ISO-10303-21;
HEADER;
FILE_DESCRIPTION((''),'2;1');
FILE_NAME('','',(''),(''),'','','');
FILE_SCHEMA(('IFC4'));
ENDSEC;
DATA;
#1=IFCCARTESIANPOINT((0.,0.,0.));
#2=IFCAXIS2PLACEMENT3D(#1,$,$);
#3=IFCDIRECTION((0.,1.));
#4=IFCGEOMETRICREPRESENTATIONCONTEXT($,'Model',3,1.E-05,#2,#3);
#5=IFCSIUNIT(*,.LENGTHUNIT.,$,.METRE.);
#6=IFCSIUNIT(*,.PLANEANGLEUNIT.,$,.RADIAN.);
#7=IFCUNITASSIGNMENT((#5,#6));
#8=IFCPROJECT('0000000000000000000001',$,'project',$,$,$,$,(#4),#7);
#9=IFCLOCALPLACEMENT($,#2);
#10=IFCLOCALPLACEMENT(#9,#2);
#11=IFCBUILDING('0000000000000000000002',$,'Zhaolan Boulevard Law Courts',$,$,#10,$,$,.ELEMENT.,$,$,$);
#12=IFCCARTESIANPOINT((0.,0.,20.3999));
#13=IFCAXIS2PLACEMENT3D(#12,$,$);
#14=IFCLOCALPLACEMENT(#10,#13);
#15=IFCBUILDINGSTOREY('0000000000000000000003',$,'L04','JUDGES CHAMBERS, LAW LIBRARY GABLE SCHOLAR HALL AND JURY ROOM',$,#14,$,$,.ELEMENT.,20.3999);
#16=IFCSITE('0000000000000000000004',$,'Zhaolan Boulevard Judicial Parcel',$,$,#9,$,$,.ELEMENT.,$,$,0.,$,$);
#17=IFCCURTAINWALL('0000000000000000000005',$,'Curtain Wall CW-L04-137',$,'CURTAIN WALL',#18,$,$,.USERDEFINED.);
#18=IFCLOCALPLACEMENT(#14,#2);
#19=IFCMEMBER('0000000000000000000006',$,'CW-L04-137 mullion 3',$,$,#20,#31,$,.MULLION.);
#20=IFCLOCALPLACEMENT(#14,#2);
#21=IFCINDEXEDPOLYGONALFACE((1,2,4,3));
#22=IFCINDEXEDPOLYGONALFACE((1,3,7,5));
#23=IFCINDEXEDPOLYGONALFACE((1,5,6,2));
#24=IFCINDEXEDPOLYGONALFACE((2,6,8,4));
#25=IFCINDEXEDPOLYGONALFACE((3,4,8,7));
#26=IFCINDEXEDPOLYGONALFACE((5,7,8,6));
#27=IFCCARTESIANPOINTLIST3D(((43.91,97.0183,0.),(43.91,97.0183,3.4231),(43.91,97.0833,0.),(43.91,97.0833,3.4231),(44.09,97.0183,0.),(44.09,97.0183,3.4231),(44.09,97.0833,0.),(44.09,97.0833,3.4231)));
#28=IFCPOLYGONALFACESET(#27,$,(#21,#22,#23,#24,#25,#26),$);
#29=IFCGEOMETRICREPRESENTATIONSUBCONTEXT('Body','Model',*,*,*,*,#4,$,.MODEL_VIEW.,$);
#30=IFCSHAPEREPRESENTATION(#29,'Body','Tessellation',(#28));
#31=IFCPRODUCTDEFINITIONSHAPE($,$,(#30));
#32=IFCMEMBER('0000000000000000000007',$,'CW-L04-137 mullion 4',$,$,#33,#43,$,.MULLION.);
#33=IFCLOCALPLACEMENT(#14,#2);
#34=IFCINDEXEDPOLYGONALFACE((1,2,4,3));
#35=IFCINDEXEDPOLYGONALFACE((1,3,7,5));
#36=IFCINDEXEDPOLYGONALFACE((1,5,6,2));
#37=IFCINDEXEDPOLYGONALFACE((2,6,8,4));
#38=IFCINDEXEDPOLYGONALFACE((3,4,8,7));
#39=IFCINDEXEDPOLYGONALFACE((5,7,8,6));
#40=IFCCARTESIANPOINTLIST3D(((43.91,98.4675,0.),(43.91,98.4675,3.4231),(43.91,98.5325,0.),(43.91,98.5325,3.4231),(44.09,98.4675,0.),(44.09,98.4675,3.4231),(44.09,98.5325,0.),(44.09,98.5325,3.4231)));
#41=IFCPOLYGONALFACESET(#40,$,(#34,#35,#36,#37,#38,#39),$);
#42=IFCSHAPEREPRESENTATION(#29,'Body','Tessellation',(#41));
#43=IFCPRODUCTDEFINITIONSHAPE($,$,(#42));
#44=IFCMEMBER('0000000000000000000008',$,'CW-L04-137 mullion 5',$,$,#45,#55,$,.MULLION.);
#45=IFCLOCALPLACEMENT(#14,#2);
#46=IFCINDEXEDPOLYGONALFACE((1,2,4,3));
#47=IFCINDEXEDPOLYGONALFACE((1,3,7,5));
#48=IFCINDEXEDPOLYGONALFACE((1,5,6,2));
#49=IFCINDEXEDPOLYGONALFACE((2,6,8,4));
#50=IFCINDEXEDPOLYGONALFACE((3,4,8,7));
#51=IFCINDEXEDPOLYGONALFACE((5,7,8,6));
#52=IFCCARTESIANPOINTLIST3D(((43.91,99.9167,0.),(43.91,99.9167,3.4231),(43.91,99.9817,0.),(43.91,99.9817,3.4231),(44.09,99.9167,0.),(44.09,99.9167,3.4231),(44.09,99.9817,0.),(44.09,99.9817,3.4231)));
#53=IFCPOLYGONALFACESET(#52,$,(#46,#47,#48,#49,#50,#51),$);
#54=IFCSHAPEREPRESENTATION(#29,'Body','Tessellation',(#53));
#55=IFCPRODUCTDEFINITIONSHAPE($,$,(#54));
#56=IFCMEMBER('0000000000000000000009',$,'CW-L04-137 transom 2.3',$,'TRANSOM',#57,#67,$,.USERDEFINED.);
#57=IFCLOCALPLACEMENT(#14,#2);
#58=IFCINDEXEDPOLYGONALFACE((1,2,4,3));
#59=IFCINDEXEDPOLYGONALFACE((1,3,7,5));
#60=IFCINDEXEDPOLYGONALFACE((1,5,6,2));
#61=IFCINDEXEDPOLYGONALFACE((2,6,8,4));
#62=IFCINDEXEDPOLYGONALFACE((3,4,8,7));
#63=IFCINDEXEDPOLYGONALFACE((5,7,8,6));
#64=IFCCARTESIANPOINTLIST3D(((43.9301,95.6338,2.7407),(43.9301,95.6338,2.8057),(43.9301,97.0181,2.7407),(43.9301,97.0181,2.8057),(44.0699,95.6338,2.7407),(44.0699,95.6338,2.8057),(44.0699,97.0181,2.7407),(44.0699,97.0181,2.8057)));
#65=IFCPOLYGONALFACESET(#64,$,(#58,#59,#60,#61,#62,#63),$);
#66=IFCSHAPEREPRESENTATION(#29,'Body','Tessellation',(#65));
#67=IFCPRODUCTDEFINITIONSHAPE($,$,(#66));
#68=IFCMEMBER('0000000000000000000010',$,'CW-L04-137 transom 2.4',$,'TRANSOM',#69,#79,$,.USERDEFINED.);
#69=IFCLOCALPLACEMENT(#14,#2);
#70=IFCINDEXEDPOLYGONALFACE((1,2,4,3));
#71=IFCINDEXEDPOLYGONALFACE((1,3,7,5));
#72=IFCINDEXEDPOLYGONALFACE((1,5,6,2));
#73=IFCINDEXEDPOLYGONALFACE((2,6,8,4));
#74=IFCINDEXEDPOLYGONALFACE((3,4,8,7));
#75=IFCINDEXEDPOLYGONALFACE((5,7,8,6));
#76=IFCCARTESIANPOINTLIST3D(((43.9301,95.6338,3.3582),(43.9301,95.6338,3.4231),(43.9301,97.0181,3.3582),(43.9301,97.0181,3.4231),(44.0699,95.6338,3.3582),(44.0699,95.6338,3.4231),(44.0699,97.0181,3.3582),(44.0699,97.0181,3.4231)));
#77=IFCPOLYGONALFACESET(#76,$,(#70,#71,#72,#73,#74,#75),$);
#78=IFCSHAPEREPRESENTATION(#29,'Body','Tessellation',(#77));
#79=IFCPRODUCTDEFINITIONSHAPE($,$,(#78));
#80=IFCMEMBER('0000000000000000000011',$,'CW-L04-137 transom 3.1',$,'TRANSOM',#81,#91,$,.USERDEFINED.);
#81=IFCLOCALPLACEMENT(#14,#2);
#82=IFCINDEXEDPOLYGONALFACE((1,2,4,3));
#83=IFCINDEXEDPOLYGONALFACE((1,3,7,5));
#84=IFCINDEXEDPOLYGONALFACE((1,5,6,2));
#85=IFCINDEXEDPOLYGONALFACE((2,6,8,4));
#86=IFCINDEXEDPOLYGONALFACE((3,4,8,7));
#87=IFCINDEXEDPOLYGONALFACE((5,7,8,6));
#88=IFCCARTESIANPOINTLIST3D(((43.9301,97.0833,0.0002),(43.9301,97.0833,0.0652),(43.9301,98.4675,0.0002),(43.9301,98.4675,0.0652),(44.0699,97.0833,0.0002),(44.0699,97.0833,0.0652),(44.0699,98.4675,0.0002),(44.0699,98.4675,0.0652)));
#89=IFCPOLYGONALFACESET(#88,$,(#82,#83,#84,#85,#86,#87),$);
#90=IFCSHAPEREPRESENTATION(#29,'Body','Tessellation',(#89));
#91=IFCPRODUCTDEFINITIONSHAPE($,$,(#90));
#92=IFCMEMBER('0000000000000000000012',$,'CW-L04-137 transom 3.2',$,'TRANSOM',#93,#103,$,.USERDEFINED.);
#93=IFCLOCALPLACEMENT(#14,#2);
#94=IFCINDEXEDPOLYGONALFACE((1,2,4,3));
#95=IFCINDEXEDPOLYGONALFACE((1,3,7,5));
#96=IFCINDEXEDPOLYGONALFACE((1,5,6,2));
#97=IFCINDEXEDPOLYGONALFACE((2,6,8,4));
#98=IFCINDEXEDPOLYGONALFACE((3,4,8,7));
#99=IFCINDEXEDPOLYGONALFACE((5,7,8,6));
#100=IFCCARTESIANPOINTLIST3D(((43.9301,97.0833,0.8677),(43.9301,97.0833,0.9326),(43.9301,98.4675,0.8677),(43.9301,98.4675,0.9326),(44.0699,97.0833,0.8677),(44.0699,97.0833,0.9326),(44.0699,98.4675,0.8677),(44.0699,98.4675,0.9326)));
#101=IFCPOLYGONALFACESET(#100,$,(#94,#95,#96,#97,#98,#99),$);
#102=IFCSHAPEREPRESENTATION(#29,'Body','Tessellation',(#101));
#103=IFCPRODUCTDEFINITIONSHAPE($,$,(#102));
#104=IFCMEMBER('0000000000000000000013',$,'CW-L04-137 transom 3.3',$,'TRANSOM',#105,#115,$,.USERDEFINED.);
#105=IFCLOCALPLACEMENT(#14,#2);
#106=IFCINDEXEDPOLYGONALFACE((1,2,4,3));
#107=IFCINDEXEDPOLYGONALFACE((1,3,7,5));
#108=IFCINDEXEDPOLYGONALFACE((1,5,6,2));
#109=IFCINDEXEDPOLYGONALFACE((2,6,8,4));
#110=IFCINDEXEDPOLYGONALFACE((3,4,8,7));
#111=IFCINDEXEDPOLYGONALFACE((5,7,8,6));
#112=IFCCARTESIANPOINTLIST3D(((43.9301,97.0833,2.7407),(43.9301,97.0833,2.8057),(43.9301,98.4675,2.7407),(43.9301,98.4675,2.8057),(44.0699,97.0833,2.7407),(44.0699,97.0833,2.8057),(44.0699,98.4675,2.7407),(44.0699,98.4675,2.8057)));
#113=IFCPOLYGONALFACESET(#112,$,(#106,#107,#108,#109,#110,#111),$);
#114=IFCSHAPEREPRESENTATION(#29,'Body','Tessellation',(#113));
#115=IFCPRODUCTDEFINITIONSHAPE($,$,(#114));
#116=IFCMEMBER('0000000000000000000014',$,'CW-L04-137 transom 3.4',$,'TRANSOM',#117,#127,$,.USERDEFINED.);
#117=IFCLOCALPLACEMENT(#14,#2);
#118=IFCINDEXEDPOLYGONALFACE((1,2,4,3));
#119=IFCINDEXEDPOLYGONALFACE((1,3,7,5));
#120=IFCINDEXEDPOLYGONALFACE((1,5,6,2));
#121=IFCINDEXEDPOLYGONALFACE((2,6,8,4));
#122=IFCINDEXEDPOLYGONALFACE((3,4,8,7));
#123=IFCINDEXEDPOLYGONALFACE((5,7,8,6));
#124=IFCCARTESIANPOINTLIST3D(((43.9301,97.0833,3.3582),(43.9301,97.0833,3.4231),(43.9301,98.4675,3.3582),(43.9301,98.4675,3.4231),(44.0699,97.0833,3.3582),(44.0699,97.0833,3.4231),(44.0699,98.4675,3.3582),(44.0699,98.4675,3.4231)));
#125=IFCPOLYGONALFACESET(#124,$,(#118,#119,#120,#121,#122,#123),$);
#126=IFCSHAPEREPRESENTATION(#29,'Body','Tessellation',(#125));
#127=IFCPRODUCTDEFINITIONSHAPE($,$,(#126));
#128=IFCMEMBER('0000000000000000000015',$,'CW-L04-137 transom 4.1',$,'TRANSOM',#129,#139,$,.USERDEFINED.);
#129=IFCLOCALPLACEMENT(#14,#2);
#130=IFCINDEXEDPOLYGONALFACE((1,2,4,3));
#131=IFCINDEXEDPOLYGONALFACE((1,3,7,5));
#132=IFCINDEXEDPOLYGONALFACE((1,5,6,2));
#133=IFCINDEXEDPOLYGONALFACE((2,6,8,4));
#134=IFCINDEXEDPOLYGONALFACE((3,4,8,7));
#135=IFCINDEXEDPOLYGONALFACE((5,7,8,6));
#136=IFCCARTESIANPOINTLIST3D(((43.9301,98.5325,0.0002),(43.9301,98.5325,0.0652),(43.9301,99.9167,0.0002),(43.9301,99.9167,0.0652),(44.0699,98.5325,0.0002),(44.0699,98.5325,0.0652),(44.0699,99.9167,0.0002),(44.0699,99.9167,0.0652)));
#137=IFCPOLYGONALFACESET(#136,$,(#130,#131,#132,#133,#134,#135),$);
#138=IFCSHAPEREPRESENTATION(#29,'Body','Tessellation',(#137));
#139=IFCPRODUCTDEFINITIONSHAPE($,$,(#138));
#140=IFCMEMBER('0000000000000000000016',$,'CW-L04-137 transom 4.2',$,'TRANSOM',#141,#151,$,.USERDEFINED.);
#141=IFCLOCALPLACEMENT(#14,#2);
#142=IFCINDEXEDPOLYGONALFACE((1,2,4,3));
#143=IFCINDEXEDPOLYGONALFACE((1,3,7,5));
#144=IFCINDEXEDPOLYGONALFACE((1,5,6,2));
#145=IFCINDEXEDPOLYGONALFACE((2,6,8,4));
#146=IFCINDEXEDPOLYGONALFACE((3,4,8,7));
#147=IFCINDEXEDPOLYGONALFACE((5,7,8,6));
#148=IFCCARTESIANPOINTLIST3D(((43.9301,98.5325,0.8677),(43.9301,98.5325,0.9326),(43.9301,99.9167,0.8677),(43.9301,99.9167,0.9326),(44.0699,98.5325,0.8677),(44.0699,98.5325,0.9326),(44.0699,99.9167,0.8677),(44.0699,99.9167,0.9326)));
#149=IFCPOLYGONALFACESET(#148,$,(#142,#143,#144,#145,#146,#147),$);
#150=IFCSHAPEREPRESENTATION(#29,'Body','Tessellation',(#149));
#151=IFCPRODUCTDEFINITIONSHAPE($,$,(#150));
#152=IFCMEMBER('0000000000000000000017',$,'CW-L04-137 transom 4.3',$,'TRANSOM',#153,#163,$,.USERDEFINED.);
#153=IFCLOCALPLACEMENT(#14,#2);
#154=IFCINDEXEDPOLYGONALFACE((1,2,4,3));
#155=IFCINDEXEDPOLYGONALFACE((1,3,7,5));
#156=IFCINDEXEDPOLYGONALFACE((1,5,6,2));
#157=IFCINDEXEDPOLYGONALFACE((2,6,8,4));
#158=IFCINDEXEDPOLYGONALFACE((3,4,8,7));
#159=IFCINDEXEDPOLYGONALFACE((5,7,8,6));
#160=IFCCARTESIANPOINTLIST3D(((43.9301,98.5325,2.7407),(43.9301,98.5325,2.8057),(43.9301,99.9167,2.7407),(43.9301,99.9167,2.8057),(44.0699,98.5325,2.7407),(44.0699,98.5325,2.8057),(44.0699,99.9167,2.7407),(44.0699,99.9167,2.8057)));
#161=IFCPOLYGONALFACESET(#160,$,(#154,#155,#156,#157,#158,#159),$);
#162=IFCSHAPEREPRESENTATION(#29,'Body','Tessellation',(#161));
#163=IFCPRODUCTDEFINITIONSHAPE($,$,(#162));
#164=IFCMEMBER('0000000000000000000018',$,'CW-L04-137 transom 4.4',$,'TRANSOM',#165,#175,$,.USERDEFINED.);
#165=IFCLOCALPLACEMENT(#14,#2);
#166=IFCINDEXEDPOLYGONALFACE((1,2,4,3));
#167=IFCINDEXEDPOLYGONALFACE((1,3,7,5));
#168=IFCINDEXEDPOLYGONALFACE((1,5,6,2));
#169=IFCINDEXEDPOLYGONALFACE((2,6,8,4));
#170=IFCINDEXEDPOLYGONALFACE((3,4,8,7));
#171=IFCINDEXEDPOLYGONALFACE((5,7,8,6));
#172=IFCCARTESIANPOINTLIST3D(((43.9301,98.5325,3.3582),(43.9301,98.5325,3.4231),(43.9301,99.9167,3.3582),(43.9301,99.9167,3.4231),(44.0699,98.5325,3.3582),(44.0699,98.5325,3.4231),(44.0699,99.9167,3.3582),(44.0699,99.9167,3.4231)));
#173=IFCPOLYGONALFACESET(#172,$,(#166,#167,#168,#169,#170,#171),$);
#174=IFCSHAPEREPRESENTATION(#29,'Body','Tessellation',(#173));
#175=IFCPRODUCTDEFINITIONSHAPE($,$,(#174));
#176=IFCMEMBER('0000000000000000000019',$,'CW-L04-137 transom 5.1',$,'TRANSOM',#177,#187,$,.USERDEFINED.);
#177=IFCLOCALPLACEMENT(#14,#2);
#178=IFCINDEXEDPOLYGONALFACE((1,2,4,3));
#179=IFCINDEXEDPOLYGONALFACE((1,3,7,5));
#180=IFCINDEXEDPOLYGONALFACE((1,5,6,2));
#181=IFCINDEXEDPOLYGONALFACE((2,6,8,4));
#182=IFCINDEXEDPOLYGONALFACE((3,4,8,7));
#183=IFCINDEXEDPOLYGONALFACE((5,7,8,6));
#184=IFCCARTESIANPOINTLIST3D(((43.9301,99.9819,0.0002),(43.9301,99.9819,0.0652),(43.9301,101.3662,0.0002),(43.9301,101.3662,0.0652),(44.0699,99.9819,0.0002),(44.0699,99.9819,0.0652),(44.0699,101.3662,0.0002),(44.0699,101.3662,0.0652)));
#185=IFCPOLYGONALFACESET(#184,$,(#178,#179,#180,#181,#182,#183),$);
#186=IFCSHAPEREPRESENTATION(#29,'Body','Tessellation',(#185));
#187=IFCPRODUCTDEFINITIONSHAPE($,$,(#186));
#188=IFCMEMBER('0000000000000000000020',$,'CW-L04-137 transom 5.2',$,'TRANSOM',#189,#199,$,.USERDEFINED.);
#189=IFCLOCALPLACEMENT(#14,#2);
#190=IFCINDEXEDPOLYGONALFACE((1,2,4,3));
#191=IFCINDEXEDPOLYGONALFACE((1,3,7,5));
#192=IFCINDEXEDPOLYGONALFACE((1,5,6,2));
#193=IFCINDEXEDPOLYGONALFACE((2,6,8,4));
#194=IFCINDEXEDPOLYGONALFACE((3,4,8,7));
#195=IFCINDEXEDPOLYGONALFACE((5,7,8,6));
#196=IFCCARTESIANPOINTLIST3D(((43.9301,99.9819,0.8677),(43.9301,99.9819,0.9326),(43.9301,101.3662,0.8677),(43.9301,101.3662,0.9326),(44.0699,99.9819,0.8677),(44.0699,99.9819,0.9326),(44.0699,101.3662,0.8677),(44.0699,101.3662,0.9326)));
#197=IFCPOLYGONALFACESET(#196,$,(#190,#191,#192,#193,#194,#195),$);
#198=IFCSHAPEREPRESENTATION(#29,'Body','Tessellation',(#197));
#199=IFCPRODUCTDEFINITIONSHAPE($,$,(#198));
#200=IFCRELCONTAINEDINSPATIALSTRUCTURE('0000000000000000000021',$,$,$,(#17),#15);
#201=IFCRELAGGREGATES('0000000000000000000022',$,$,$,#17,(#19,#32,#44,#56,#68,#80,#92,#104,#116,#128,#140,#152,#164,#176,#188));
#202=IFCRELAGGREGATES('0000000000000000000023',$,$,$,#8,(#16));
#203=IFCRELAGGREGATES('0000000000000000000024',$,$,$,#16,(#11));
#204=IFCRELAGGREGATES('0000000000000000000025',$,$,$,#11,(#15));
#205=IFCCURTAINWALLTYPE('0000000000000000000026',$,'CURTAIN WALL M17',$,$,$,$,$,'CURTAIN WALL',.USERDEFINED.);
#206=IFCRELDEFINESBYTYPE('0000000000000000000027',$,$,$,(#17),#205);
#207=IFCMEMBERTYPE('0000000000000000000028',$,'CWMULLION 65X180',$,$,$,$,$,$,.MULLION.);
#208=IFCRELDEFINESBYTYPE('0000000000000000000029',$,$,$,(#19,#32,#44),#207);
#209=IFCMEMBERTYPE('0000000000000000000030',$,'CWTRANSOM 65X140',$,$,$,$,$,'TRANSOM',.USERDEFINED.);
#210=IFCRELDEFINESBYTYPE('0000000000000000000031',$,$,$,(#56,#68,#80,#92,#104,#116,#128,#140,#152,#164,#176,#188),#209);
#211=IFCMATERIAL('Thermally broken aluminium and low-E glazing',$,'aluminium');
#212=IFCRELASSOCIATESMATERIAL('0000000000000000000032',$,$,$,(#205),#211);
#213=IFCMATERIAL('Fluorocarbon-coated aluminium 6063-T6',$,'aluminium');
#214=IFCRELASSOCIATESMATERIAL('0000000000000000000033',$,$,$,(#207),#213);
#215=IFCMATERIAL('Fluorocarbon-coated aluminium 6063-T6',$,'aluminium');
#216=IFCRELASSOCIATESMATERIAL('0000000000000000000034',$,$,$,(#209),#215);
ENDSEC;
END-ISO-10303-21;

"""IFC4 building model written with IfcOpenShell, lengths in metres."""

from ifc_helpers import new_model, si_unit, direction, frame, origin, origin_2d, place, context, subcontext, project, spatial, rectangle, extrude, material, material_profile, profile_set, type_object, element, aggregate, save


model = new_model("IFC4")

# Units and contexts
model_context = context("Model", 3, precision=1e-05, world=origin(), true_north=direction((0.0, 1.0)))
body_context = subcontext(model_context, "Body", "Model", "MODEL_VIEW")
ifc_project = project(units=[si_unit("LENGTHUNIT", "METRE"), si_unit("PLANEANGLEUNIT", "RADIAN")], contexts=[model_context])

# Site, building, storey
site_placement = place(None, origin())
site = spatial("IfcSite", under=ifc_project, at=site_placement, Name="Zhaolan Boulevard Judicial Parcel", CompositionType="ELEMENT", RefElevation=0.0)
building_placement = place(site_placement, origin())
building = spatial("IfcBuilding", under=site, at=building_placement, Name="Zhaolan Boulevard Law Courts", CompositionType="ELEMENT")
storey_placement = place(building_placement, frame((0.0, 0.0, 20.3999)))
storey = spatial("IfcBuildingStorey", under=building, at=storey_placement, Name="L04", Description="JUDGES CHAMBERS, LAW LIBRARY GABLE SCHOLAR HALL AND JURY ROOM", CompositionType="ELEMENT", Elevation=20.3999)

# Curtain wall, members
ifc_material_1 = material(Name="Thermally broken aluminium and low-E glazing", Category="aluminium")
curtain_wall_type = type_object("IfcCurtainWallType", Name="CURTAIN WALL M17", ElementType="CURTAIN WALL", PredefinedType="USERDEFINED", material=ifc_material_1)
curtain_wall_placement = place(storey_placement, origin())
curtain_wall = element("IfcCurtainWall", 1, at=curtain_wall_placement, inside=storey, type_object=curtain_wall_type, Name="Curtain Wall CW-L04-137", ObjectType="CURTAIN WALL", PredefinedType="USERDEFINED")
ifc_material_2 = material(Name="Fluorocarbon-coated aluminium 6063-T6", Category="aluminium")
ifc_material_profile_1 = material_profile(ifc_material_2, rectangle(XDim=0.1799, YDim=0.0649, at=origin_2d()), Name="AL65x180")
ifc_profile_set_1 = profile_set([ifc_material_profile_1], Name="Fluorocarbon-coated aluminium 6063-T6")
member_type_1 = type_object("IfcMemberType", Name="CWMULLION 65X180", PredefinedType="MULLION", material=ifc_profile_set_1)
member_1_placement = place(storey_placement, frame((44.0, 97.0508, 0.0), z_axis=(0.0, 0.0, 1.0), x_axis=(-1.0, 0.0, 0.0)))
member_1 = element("IfcMember", 2, at=member_1_placement, type_object=member_type_1, Name="CW-L04-137 mullion 3", PredefinedType="MULLION", context=body_context, shape_type="SweptSolid", body=[
    extrude(rectangle(XDim=0.1799, YDim=0.0649, at=origin_2d()), origin(), (0.0, 0.0, 1.0), 3.4231),
])
member_2_placement = place(storey_placement, frame((44.0, 98.5, 0.0), z_axis=(0.0, 0.0, 1.0), x_axis=(-1.0, 0.0, 0.0)))
member_2 = element("IfcMember", 3, at=member_2_placement, type_object=member_type_1, Name="CW-L04-137 mullion 4", PredefinedType="MULLION", context=body_context, shape_type="SweptSolid", body=[
    extrude(rectangle(XDim=0.1799, YDim=0.0649, at=origin_2d()), origin(), (0.0, 0.0, 1.0), 3.4231),
])
member_3_placement = place(storey_placement, frame((44.0, 99.9492, 0.0), z_axis=(0.0, 0.0, 1.0), x_axis=(-1.0, 0.0, 0.0)))
member_3 = element("IfcMember", 4, at=member_3_placement, type_object=member_type_1, Name="CW-L04-137 mullion 5", PredefinedType="MULLION", context=body_context, shape_type="SweptSolid", body=[
    extrude(rectangle(XDim=0.1799, YDim=0.0649, at=origin_2d()), origin(), (0.0, 0.0, 1.0), 3.4231),
])
ifc_material_3 = material(Name="Fluorocarbon-coated aluminium 6063-T6", Category="aluminium")
ifc_material_profile_2 = material_profile(ifc_material_3, rectangle(XDim=0.1399, YDim=0.0649, at=origin_2d()), Name="AL65x140")
ifc_profile_set_2 = profile_set([ifc_material_profile_2], Name="Fluorocarbon-coated aluminium 6063-T6")
member_type_2 = type_object("IfcMemberType", Name="CWTRANSOM 65X140", ElementType="TRANSOM", PredefinedType="USERDEFINED", material=ifc_profile_set_2)
member_4_placement = place(storey_placement, frame((44.0, 95.6338, 2.7732), z_axis=(0.0, 1.0, 0.0), x_axis=(-1.0, 0.0, 0.0)))
member_4 = element("IfcMember", 5, at=member_4_placement, type_object=member_type_2, Name="CW-L04-137 transom 2.3", ObjectType="TRANSOM", PredefinedType="USERDEFINED", context=body_context, shape_type="SweptSolid", body=[
    extrude(rectangle(XDim=0.1399, YDim=0.0649, at=origin_2d()), origin(), (0.0, 0.0, 1.0), 1.3843),
])
member_5_placement = place(storey_placement, frame((44.0, 95.6338, 3.3906), z_axis=(0.0, 1.0, 0.0), x_axis=(-1.0, 0.0, 0.0)))
member_5 = element("IfcMember", 6, at=member_5_placement, type_object=member_type_2, Name="CW-L04-137 transom 2.4", ObjectType="TRANSOM", PredefinedType="USERDEFINED", context=body_context, shape_type="SweptSolid", body=[
    extrude(rectangle(XDim=0.1399, YDim=0.0649, at=origin_2d()), origin(), (0.0, 0.0, 1.0), 1.3843),
])
member_6_placement = place(storey_placement, frame((44.0, 97.0833, 0.0327), z_axis=(0.0, 1.0, 0.0), x_axis=(-1.0, 0.0, 0.0)))
member_6 = element("IfcMember", 7, at=member_6_placement, type_object=member_type_2, Name="CW-L04-137 transom 3.1", ObjectType="TRANSOM", PredefinedType="USERDEFINED", context=body_context, shape_type="SweptSolid", body=[
    extrude(rectangle(XDim=0.1399, YDim=0.0649, at=origin_2d()), origin(), (0.0, 0.0, 1.0), 1.3843),
])
member_7_placement = place(storey_placement, frame((44.0, 97.0833, 0.9001), z_axis=(0.0, 1.0, 0.0), x_axis=(-1.0, 0.0, 0.0)))
member_7 = element("IfcMember", 8, at=member_7_placement, type_object=member_type_2, Name="CW-L04-137 transom 3.2", ObjectType="TRANSOM", PredefinedType="USERDEFINED", context=body_context, shape_type="SweptSolid", body=[
    extrude(rectangle(XDim=0.1399, YDim=0.0649, at=origin_2d()), origin(), (0.0, 0.0, 1.0), 1.3843),
])
member_8_placement = place(storey_placement, frame((44.0, 97.0833, 2.7732), z_axis=(0.0, 1.0, 0.0), x_axis=(-1.0, 0.0, 0.0)))
member_8 = element("IfcMember", 9, at=member_8_placement, type_object=member_type_2, Name="CW-L04-137 transom 3.3", ObjectType="TRANSOM", PredefinedType="USERDEFINED", context=body_context, shape_type="SweptSolid", body=[
    extrude(rectangle(XDim=0.1399, YDim=0.0649, at=origin_2d()), origin(), (0.0, 0.0, 1.0), 1.3843),
])
member_9_placement = place(storey_placement, frame((44.0, 97.0833, 3.3906), z_axis=(0.0, 1.0, 0.0), x_axis=(-1.0, 0.0, 0.0)))
member_9 = element("IfcMember", 10, at=member_9_placement, type_object=member_type_2, Name="CW-L04-137 transom 3.4", ObjectType="TRANSOM", PredefinedType="USERDEFINED", context=body_context, shape_type="SweptSolid", body=[
    extrude(rectangle(XDim=0.1399, YDim=0.0649, at=origin_2d()), origin(), (0.0, 0.0, 1.0), 1.3843),
])
member_10_placement = place(storey_placement, frame((44.0, 98.5325, 0.0327), z_axis=(0.0, 1.0, 0.0), x_axis=(-1.0, 0.0, 0.0)))
member_10 = element("IfcMember", 11, at=member_10_placement, type_object=member_type_2, Name="CW-L04-137 transom 4.1", ObjectType="TRANSOM", PredefinedType="USERDEFINED", context=body_context, shape_type="SweptSolid", body=[
    extrude(rectangle(XDim=0.1399, YDim=0.0649, at=origin_2d()), origin(), (0.0, 0.0, 1.0), 1.3843),
])
member_11_placement = place(storey_placement, frame((44.0, 98.5325, 0.9001), z_axis=(0.0, 1.0, 0.0), x_axis=(-1.0, 0.0, 0.0)))
member_11 = element("IfcMember", 12, at=member_11_placement, type_object=member_type_2, Name="CW-L04-137 transom 4.2", ObjectType="TRANSOM", PredefinedType="USERDEFINED", context=body_context, shape_type="SweptSolid", body=[
    extrude(rectangle(XDim=0.1399, YDim=0.0649, at=origin_2d()), origin(), (0.0, 0.0, 1.0), 1.3843),
])
member_12_placement = place(storey_placement, frame((44.0, 98.5325, 2.7732), z_axis=(0.0, 1.0, 0.0), x_axis=(-1.0, 0.0, 0.0)))
member_12 = element("IfcMember", 13, at=member_12_placement, type_object=member_type_2, Name="CW-L04-137 transom 4.3", ObjectType="TRANSOM", PredefinedType="USERDEFINED", context=body_context, shape_type="SweptSolid", body=[
    extrude(rectangle(XDim=0.1399, YDim=0.0649, at=origin_2d()), origin(), (0.0, 0.0, 1.0), 1.3843),
])
member_13_placement = place(storey_placement, frame((44.0, 98.5325, 3.3906), z_axis=(0.0, 1.0, 0.0), x_axis=(-1.0, 0.0, 0.0)))
member_13 = element("IfcMember", 14, at=member_13_placement, type_object=member_type_2, Name="CW-L04-137 transom 4.4", ObjectType="TRANSOM", PredefinedType="USERDEFINED", context=body_context, shape_type="SweptSolid", body=[
    extrude(rectangle(XDim=0.1399, YDim=0.0649, at=origin_2d()), origin(), (0.0, 0.0, 1.0), 1.3843),
])
member_14_placement = place(storey_placement, frame((44.0, 99.9819, 0.0327), z_axis=(0.0, 1.0, 0.0), x_axis=(-1.0, 0.0, 0.0)))
member_14 = element("IfcMember", 15, at=member_14_placement, type_object=member_type_2, Name="CW-L04-137 transom 5.1", ObjectType="TRANSOM", PredefinedType="USERDEFINED", context=body_context, shape_type="SweptSolid", body=[
    extrude(rectangle(XDim=0.1399, YDim=0.0649, at=origin_2d()), origin(), (0.0, 0.0, 1.0), 1.3843),
])
member_15_placement = place(storey_placement, frame((44.0, 99.9819, 0.9001), z_axis=(0.0, 1.0, 0.0), x_axis=(-1.0, 0.0, 0.0)))
member_15 = element("IfcMember", 16, at=member_15_placement, type_object=member_type_2, Name="CW-L04-137 transom 5.2", ObjectType="TRANSOM", PredefinedType="USERDEFINED", context=body_context, shape_type="SweptSolid", body=[
    extrude(rectangle(XDim=0.1399, YDim=0.0649, at=origin_2d()), origin(), (0.0, 0.0, 1.0), 1.3843),
])

aggregate(curtain_wall, [member_1, member_2, member_3, member_4, member_5, member_6, member_7, member_8, member_9, member_10, member_11, member_12, member_13, member_14, member_15])

save(model, "model.ifc")
